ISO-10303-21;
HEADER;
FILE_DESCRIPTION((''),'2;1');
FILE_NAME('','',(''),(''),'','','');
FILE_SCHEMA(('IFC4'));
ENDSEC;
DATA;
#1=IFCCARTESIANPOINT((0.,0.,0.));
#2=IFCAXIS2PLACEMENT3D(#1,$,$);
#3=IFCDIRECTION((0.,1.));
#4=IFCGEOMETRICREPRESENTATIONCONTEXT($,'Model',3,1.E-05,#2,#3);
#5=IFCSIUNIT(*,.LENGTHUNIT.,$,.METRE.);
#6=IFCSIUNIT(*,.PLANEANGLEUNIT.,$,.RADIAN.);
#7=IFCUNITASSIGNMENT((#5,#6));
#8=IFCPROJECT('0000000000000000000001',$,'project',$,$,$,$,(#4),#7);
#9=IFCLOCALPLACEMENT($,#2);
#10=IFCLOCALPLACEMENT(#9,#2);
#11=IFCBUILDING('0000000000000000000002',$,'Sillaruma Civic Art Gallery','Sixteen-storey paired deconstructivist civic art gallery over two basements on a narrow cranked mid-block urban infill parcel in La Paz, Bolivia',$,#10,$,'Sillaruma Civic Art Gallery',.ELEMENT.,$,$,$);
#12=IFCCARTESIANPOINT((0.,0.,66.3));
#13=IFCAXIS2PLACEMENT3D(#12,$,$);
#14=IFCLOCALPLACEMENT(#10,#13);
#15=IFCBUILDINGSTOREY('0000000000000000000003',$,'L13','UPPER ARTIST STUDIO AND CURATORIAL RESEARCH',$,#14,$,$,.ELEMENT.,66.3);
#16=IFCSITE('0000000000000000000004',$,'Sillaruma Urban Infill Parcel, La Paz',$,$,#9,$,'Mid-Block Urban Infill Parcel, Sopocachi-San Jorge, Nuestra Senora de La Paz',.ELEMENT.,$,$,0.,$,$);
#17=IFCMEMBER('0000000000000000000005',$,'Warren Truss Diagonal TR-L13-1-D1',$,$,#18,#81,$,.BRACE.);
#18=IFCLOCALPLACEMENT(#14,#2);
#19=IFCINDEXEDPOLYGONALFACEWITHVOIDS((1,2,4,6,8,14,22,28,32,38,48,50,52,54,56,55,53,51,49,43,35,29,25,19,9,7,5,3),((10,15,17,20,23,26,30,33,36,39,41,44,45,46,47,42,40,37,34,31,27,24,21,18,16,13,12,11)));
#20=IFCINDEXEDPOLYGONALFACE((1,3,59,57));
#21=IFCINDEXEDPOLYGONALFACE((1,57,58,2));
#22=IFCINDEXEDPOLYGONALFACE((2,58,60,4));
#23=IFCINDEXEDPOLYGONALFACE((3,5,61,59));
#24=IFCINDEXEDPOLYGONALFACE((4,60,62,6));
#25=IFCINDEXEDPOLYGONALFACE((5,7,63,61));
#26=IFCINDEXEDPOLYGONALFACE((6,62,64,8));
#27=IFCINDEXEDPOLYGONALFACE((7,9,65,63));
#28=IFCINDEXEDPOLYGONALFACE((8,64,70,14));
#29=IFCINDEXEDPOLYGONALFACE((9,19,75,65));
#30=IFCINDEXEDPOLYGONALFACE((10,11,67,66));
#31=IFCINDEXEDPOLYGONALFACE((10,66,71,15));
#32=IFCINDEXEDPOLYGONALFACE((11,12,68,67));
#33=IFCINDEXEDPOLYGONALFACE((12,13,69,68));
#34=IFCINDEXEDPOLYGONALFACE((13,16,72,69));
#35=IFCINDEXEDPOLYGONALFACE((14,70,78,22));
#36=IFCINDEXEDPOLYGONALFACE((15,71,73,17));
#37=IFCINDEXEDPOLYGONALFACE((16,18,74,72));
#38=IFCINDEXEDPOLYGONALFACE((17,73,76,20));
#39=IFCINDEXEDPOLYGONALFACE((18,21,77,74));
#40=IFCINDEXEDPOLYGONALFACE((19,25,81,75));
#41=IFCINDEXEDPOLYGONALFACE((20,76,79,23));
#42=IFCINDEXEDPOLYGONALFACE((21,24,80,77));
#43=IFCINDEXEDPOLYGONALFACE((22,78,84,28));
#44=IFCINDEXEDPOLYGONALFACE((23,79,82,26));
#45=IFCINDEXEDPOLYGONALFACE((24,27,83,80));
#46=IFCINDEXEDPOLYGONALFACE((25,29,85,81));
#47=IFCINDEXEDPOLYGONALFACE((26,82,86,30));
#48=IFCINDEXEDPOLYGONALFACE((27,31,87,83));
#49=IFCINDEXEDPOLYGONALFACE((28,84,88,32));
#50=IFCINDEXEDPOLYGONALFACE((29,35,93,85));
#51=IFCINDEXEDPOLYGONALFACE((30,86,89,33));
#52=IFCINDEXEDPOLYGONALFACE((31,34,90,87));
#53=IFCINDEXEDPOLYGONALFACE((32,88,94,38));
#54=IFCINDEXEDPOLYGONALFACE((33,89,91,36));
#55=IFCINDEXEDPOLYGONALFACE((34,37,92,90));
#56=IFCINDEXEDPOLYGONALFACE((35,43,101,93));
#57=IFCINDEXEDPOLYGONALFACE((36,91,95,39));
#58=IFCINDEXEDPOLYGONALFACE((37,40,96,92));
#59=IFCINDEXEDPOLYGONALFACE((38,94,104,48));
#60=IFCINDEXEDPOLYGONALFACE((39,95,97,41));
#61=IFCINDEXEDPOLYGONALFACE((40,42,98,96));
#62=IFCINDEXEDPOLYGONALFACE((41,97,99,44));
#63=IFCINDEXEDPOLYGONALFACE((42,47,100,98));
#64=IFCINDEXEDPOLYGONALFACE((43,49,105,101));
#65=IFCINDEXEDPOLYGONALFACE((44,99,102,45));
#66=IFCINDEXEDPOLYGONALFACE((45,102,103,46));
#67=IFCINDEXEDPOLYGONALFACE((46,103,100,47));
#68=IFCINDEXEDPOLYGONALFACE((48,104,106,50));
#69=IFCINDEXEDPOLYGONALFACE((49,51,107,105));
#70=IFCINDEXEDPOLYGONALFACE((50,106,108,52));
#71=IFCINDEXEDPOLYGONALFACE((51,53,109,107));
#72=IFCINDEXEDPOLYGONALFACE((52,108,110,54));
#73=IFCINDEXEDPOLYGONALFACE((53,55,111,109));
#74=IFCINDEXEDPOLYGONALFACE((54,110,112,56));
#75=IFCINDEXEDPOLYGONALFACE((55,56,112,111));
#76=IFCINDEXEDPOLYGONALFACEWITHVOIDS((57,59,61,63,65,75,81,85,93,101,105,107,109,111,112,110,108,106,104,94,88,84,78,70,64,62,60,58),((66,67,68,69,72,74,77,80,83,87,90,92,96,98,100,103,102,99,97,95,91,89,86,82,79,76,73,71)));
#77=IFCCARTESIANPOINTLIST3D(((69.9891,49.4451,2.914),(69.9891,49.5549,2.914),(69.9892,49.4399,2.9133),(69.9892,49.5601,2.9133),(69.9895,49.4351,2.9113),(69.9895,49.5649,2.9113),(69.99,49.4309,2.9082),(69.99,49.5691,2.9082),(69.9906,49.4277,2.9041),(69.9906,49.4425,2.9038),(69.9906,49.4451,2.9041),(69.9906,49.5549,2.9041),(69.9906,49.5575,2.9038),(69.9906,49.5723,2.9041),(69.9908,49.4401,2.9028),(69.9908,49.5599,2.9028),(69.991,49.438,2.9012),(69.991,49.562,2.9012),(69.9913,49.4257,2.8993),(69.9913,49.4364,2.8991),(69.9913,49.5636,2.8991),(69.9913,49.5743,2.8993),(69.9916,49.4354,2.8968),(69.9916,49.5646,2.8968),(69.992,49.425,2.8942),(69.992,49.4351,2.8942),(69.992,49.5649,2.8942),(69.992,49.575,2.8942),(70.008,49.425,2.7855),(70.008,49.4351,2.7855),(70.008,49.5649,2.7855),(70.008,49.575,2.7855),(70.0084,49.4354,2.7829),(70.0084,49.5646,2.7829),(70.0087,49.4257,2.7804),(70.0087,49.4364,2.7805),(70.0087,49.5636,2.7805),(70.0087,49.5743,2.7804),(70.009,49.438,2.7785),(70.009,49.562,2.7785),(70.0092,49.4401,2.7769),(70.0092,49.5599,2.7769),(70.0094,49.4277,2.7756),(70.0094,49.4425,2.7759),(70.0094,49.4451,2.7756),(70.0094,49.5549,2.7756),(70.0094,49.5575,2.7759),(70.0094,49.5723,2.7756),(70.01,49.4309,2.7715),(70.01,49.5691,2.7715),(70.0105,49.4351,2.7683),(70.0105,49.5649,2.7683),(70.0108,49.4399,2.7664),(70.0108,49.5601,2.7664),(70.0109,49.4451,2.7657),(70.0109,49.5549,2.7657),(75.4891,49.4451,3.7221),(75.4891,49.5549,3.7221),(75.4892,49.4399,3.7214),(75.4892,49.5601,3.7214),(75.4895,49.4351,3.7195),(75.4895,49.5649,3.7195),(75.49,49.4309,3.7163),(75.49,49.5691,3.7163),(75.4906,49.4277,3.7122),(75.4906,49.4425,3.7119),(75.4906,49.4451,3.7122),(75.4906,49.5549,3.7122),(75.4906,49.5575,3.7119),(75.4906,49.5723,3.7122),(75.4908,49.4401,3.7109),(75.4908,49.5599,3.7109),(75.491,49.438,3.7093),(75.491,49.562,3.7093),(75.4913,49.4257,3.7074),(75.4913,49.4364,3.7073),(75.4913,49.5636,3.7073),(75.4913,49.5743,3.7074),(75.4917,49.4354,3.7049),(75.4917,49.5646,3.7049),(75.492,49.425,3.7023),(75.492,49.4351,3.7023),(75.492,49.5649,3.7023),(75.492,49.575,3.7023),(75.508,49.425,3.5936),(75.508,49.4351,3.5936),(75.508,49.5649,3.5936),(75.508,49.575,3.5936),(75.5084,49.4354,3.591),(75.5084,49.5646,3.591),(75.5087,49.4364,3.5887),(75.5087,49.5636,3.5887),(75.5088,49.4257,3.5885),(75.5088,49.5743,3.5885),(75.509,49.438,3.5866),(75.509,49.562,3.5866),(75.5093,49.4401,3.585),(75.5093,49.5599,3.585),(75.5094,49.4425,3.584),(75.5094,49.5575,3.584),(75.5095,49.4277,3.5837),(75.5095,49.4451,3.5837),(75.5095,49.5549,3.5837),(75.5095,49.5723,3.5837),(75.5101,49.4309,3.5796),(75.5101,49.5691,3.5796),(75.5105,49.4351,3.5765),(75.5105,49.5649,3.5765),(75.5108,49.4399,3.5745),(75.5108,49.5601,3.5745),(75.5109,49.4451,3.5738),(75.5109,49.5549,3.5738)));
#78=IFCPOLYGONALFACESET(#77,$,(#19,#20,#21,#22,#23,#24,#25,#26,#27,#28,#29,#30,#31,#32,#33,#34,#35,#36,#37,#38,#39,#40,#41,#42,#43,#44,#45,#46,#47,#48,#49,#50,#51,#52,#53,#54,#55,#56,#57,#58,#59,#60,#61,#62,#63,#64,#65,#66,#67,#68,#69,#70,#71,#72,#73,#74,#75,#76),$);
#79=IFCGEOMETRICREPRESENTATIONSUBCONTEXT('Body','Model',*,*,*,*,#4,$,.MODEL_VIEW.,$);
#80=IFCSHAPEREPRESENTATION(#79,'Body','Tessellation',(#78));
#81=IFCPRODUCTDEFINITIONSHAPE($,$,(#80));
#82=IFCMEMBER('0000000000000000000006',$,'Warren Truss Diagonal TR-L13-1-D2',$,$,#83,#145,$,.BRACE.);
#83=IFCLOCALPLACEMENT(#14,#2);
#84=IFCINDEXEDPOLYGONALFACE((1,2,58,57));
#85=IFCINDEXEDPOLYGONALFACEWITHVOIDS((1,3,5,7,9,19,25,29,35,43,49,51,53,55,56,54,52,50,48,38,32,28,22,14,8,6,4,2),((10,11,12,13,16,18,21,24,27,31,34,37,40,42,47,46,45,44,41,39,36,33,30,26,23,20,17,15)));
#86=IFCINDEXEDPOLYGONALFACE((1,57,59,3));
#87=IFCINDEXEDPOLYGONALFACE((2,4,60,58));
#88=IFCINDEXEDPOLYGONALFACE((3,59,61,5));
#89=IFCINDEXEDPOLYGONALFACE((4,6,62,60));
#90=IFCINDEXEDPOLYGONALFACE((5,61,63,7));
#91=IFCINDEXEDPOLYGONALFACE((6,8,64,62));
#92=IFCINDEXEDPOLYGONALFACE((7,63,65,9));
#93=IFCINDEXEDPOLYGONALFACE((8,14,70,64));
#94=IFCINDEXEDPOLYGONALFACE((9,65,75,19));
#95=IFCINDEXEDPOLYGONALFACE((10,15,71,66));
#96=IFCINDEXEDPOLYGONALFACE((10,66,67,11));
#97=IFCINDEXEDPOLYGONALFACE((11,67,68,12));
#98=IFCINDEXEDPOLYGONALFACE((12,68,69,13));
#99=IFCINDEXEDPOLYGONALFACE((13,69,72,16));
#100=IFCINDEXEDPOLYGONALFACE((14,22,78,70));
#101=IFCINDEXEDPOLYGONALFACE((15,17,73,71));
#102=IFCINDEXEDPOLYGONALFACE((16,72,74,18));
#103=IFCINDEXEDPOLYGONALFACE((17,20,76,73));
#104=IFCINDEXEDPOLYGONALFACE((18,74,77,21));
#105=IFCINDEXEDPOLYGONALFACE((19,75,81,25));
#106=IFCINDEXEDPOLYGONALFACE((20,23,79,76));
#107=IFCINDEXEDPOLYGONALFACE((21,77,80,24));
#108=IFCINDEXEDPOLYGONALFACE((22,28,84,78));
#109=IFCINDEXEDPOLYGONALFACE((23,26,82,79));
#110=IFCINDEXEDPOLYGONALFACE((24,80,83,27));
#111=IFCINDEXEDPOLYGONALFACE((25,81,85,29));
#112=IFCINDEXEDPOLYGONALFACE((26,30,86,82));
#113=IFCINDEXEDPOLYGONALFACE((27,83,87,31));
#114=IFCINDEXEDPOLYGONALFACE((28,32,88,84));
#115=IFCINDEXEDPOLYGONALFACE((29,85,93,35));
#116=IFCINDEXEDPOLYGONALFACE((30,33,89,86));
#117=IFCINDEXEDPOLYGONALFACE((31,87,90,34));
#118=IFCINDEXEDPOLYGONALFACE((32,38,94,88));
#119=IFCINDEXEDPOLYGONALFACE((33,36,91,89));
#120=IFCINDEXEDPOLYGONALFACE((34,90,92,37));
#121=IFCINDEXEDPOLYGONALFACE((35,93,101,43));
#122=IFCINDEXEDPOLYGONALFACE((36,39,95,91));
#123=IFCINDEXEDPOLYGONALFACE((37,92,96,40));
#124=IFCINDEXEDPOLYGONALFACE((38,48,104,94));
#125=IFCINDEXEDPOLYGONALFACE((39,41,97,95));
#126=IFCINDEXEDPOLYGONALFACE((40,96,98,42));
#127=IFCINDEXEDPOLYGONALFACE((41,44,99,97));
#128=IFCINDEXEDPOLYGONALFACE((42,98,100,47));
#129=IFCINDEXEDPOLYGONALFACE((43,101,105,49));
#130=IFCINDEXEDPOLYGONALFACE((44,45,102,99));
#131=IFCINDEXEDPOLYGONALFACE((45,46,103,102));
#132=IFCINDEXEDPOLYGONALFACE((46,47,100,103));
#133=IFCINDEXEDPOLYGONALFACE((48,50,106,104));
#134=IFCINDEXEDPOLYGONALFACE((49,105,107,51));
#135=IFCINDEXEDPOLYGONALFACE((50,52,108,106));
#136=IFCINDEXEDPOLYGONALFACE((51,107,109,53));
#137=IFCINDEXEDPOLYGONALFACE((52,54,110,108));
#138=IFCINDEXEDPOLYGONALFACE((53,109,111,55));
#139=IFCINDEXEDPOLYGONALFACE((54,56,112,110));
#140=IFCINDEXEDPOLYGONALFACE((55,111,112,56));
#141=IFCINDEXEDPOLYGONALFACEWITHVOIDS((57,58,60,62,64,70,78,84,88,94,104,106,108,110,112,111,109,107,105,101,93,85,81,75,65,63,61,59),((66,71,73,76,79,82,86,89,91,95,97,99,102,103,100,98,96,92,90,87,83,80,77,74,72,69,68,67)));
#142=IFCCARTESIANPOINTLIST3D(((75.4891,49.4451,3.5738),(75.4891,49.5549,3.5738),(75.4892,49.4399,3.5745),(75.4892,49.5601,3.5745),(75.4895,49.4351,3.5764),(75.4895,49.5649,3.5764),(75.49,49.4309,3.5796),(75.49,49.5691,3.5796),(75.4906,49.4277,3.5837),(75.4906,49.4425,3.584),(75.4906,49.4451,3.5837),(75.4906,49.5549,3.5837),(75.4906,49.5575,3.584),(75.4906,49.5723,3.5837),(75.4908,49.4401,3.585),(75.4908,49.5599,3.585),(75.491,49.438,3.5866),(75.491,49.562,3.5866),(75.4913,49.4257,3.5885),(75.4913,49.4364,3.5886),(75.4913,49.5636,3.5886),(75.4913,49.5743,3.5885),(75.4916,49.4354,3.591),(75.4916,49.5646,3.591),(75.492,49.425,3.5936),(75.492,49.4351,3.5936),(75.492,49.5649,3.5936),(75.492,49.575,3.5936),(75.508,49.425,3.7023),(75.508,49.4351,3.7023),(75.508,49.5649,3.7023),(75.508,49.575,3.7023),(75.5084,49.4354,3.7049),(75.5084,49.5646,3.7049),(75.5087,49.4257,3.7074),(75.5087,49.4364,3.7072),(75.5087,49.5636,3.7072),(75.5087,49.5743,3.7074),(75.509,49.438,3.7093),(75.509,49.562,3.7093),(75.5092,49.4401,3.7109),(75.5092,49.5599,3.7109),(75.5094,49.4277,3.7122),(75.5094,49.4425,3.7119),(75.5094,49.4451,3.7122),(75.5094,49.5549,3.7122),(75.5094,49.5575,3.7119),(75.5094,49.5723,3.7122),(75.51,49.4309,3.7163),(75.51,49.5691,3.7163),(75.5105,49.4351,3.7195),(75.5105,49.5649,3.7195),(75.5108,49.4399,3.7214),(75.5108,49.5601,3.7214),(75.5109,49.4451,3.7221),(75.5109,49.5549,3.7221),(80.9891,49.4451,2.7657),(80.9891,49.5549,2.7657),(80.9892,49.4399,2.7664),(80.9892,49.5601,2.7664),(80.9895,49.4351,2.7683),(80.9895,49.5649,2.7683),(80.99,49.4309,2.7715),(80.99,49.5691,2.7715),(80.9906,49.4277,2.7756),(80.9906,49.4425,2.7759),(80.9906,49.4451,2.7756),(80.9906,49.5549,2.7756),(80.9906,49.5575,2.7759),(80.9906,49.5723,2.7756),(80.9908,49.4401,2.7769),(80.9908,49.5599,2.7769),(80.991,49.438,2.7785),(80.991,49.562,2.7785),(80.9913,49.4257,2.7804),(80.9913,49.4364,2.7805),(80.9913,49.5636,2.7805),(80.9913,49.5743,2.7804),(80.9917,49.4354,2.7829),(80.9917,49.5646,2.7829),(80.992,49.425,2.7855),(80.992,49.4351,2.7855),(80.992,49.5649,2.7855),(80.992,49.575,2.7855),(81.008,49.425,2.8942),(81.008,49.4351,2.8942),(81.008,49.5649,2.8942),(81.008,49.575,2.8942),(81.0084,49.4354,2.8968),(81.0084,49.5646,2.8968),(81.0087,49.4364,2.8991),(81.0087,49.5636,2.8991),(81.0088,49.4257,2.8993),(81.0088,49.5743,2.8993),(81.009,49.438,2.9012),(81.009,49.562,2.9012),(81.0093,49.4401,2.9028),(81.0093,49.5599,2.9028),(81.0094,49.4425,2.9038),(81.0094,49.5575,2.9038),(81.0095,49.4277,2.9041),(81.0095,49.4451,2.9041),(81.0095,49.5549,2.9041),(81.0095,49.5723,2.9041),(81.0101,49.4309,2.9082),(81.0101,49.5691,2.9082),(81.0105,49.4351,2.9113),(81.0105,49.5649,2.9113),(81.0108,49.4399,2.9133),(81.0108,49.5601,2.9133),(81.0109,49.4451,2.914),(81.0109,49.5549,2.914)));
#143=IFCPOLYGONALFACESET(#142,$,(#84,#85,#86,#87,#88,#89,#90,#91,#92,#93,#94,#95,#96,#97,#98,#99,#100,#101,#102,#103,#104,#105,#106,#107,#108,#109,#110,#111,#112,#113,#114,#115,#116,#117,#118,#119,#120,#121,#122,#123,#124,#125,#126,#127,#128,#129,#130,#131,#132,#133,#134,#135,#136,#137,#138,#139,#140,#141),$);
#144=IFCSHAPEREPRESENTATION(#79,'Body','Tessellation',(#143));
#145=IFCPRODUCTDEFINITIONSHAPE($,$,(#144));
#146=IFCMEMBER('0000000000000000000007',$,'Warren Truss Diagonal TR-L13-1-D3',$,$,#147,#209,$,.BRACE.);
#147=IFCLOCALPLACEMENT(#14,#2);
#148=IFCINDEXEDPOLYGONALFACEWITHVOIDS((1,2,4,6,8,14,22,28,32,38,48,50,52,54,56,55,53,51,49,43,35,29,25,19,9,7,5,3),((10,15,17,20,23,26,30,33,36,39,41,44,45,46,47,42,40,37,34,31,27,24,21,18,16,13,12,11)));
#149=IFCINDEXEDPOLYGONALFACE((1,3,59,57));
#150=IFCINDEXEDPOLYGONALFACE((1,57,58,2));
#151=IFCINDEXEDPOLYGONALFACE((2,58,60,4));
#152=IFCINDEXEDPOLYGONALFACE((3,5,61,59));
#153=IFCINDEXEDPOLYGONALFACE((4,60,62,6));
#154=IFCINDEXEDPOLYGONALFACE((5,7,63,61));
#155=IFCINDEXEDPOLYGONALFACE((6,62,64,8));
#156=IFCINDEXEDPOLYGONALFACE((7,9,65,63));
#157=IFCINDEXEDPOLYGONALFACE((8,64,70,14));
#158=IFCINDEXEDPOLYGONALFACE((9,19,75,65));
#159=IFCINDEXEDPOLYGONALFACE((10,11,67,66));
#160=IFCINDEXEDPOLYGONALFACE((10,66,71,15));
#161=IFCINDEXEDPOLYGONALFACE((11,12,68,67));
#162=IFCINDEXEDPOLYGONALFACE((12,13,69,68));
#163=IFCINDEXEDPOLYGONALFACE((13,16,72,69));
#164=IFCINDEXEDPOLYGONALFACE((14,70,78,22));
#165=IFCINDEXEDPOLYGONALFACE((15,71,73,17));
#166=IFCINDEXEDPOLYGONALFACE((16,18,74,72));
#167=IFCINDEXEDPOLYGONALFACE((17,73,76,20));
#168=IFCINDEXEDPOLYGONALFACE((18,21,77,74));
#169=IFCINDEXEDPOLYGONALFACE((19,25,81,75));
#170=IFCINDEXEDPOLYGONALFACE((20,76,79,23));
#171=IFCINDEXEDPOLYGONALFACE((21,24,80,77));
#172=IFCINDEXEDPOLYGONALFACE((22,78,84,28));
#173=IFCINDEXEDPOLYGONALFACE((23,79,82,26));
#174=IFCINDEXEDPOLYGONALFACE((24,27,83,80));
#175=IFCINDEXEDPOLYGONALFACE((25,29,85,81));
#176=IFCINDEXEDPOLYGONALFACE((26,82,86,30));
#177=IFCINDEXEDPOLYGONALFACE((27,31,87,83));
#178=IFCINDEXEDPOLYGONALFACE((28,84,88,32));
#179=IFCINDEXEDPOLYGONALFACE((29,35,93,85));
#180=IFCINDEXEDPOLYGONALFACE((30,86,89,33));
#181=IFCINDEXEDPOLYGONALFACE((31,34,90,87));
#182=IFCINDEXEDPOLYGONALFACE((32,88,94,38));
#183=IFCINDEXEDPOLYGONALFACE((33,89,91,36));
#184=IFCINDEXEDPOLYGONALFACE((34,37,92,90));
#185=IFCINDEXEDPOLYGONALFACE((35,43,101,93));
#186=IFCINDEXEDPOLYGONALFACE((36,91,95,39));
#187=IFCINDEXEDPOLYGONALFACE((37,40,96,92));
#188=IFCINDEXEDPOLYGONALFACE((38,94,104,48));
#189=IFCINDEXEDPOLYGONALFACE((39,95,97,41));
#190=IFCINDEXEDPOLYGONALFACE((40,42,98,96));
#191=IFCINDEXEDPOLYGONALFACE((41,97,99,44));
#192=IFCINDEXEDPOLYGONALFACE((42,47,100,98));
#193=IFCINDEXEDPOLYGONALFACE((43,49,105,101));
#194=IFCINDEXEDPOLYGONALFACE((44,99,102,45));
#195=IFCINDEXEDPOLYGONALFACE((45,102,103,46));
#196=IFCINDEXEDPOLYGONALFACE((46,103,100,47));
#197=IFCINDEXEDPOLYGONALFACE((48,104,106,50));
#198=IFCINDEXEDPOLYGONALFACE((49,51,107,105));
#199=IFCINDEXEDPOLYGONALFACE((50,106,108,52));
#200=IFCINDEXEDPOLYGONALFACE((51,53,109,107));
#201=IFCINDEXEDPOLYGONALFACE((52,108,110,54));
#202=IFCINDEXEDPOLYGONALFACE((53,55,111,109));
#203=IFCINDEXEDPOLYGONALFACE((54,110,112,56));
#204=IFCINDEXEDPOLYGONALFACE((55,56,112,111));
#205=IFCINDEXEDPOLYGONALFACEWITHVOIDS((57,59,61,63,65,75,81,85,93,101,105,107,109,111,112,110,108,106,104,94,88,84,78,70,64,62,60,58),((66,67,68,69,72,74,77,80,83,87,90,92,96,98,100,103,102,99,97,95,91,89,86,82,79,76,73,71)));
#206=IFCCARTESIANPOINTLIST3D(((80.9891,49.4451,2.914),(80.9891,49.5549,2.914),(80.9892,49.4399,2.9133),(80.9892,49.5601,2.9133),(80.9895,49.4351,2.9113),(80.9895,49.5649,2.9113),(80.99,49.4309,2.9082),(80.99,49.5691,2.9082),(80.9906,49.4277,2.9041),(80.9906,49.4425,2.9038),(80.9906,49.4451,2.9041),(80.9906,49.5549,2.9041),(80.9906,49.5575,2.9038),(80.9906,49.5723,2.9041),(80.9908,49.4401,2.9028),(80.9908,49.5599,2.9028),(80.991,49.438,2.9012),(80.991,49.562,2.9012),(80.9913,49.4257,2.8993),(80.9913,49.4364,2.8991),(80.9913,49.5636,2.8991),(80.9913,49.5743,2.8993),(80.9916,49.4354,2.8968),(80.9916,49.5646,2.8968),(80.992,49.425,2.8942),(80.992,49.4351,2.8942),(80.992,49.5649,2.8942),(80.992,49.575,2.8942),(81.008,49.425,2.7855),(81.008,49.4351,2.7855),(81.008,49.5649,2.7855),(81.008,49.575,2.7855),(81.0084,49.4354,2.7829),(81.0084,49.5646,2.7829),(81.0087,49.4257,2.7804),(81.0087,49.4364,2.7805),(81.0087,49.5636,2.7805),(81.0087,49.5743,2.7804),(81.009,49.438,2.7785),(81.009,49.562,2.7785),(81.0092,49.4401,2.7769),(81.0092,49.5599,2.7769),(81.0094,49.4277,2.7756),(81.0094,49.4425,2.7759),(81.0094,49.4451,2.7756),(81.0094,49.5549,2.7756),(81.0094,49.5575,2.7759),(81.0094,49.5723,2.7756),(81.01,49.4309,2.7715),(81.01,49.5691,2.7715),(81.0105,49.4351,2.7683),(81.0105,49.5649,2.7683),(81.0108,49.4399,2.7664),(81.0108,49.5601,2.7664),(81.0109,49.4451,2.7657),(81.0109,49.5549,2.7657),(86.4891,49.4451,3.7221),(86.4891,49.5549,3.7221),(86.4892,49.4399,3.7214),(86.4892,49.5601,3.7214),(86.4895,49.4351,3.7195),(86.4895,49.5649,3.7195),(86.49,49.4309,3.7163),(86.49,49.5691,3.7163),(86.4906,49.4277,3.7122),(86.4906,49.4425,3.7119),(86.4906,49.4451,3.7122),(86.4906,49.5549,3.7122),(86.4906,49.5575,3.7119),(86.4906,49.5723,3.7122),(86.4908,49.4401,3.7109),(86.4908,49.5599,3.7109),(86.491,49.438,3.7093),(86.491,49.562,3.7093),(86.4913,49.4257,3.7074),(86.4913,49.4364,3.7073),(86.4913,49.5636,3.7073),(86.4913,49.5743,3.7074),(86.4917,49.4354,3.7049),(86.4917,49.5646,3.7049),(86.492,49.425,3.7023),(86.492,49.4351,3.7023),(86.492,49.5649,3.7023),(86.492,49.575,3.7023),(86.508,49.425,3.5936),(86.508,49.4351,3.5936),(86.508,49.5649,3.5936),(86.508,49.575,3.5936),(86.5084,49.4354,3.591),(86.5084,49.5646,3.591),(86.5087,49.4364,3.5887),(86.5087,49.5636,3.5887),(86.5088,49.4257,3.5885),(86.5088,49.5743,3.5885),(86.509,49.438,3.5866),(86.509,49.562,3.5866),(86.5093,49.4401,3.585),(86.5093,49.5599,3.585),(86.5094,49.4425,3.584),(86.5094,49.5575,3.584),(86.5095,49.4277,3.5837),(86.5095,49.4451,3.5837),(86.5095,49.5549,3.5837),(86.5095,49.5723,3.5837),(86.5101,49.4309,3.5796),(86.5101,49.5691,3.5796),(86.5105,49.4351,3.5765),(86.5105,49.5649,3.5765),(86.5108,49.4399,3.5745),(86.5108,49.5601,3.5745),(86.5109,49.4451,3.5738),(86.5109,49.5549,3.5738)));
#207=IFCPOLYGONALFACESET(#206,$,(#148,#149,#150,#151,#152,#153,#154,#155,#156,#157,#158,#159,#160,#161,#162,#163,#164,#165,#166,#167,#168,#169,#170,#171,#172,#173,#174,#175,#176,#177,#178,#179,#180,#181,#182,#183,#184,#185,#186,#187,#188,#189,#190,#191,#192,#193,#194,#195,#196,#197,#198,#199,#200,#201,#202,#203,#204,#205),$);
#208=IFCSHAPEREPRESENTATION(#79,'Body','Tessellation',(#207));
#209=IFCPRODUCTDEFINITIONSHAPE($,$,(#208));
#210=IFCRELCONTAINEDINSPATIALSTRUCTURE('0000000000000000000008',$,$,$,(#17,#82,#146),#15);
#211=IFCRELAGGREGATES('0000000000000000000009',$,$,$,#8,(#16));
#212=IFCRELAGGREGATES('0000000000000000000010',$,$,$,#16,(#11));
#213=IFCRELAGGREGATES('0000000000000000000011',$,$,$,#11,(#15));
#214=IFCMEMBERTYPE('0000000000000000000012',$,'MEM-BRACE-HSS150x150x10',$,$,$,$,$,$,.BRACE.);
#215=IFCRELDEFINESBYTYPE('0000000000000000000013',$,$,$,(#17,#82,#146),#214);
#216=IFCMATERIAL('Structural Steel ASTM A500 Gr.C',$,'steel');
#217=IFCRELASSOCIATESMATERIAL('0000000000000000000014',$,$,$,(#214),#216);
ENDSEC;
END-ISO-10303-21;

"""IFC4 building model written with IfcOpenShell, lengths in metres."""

from ifc_helpers import new_model, si_unit, direction, frame, origin, origin_2d, place, context, subcontext, project, spatial, hollow_rectangle, extrude, material, material_profile, profile_set, type_object, element, save


model = new_model("IFC4")

# Units and contexts
model_context = context("Model", 3, precision=1e-05, world=origin(), true_north=direction((0.0, 1.0)))
body_context = subcontext(model_context, "Body", "Model", "MODEL_VIEW")
ifc_project = project(units=[si_unit("LENGTHUNIT", "METRE"), si_unit("PLANEANGLEUNIT", "RADIAN")], contexts=[model_context])

# Site, building, storey
site_placement = place(None, origin())
site = spatial("IfcSite", under=ifc_project, at=site_placement, Name="Sillaruma Urban Infill Parcel, La Paz", LongName="Mid-Block Urban Infill Parcel, Sopocachi-San Jorge, Nuestra Senora de La Paz", CompositionType="ELEMENT", RefElevation=0.0)
building_placement = place(site_placement, origin())
building = spatial("IfcBuilding", under=site, at=building_placement, Name="Sillaruma Civic Art Gallery", Description="Sixteen-storey paired deconstructivist civic art gallery over two basements on a narrow cranked mid-block urban infill parcel in La Paz, Bolivia", LongName="Sillaruma Civic Art Gallery", CompositionType="ELEMENT")
storey_placement = place(building_placement, frame((0.0, 0.0, 66.3)))
storey = spatial("IfcBuildingStorey", under=building, at=storey_placement, Name="L13", Description="UPPER ARTIST STUDIO AND CURATORIAL RESEARCH", CompositionType="ELEMENT", Elevation=66.3)

# Members
ifc_material_1 = material(Name="Structural Steel ASTM A500 Gr.C", Category="steel")
ifc_material_profile_1 = material_profile(ifc_material_1, hollow_rectangle(XDim=0.1499, YDim=0.1499, WallThickness=0.01, InnerFilletRadius=0.01, OuterFilletRadius=0.02, at=origin_2d()), Name="HSS150x150x10")
ifc_profile_set_1 = profile_set([ifc_material_profile_1], Name="Structural Steel ASTM A500 Gr.C")
member_type_1 = type_object("IfcMemberType", Name="MEM-BRACE-HSS150x150x10", PredefinedType="BRACE", material=ifc_profile_set_1)
for number, where, z_axis, x_axis, name in (
    (1, (70.0, 49.5, 2.8398), (0.989378, 0.0, 0.145368), (0.0, 1.0, 0.0), "Warren Truss Diagonal TR-L13-1-D1"),
    (2, (75.5, 49.5, 3.6479), (0.989378, 0.0, -0.145368), (0.0, 1.0, 0.0), "Warren Truss Diagonal TR-L13-1-D2"),
    (3, (81.0, 49.5, 2.8398), (0.989378, 0.0, 0.145368), (0.0, 1.0, 0.0), "Warren Truss Diagonal TR-L13-1-D3"),
):
    element("IfcMember", number, at=place(storey_placement, frame(where, z_axis=z_axis, x_axis=x_axis)), inside=storey, type_object=member_type_1, Name=name, PredefinedType="BRACE", context=body_context, shape_type="SweptSolid", body=[
        extrude(hollow_rectangle(XDim=0.1499, YDim=0.1499, WallThickness=0.01, InnerFilletRadius=0.01, OuterFilletRadius=0.02, at=origin_2d()), origin(), (0.0, 0.0, 1.0), 5.5591),
    ])

save(model, "model.ifc")
